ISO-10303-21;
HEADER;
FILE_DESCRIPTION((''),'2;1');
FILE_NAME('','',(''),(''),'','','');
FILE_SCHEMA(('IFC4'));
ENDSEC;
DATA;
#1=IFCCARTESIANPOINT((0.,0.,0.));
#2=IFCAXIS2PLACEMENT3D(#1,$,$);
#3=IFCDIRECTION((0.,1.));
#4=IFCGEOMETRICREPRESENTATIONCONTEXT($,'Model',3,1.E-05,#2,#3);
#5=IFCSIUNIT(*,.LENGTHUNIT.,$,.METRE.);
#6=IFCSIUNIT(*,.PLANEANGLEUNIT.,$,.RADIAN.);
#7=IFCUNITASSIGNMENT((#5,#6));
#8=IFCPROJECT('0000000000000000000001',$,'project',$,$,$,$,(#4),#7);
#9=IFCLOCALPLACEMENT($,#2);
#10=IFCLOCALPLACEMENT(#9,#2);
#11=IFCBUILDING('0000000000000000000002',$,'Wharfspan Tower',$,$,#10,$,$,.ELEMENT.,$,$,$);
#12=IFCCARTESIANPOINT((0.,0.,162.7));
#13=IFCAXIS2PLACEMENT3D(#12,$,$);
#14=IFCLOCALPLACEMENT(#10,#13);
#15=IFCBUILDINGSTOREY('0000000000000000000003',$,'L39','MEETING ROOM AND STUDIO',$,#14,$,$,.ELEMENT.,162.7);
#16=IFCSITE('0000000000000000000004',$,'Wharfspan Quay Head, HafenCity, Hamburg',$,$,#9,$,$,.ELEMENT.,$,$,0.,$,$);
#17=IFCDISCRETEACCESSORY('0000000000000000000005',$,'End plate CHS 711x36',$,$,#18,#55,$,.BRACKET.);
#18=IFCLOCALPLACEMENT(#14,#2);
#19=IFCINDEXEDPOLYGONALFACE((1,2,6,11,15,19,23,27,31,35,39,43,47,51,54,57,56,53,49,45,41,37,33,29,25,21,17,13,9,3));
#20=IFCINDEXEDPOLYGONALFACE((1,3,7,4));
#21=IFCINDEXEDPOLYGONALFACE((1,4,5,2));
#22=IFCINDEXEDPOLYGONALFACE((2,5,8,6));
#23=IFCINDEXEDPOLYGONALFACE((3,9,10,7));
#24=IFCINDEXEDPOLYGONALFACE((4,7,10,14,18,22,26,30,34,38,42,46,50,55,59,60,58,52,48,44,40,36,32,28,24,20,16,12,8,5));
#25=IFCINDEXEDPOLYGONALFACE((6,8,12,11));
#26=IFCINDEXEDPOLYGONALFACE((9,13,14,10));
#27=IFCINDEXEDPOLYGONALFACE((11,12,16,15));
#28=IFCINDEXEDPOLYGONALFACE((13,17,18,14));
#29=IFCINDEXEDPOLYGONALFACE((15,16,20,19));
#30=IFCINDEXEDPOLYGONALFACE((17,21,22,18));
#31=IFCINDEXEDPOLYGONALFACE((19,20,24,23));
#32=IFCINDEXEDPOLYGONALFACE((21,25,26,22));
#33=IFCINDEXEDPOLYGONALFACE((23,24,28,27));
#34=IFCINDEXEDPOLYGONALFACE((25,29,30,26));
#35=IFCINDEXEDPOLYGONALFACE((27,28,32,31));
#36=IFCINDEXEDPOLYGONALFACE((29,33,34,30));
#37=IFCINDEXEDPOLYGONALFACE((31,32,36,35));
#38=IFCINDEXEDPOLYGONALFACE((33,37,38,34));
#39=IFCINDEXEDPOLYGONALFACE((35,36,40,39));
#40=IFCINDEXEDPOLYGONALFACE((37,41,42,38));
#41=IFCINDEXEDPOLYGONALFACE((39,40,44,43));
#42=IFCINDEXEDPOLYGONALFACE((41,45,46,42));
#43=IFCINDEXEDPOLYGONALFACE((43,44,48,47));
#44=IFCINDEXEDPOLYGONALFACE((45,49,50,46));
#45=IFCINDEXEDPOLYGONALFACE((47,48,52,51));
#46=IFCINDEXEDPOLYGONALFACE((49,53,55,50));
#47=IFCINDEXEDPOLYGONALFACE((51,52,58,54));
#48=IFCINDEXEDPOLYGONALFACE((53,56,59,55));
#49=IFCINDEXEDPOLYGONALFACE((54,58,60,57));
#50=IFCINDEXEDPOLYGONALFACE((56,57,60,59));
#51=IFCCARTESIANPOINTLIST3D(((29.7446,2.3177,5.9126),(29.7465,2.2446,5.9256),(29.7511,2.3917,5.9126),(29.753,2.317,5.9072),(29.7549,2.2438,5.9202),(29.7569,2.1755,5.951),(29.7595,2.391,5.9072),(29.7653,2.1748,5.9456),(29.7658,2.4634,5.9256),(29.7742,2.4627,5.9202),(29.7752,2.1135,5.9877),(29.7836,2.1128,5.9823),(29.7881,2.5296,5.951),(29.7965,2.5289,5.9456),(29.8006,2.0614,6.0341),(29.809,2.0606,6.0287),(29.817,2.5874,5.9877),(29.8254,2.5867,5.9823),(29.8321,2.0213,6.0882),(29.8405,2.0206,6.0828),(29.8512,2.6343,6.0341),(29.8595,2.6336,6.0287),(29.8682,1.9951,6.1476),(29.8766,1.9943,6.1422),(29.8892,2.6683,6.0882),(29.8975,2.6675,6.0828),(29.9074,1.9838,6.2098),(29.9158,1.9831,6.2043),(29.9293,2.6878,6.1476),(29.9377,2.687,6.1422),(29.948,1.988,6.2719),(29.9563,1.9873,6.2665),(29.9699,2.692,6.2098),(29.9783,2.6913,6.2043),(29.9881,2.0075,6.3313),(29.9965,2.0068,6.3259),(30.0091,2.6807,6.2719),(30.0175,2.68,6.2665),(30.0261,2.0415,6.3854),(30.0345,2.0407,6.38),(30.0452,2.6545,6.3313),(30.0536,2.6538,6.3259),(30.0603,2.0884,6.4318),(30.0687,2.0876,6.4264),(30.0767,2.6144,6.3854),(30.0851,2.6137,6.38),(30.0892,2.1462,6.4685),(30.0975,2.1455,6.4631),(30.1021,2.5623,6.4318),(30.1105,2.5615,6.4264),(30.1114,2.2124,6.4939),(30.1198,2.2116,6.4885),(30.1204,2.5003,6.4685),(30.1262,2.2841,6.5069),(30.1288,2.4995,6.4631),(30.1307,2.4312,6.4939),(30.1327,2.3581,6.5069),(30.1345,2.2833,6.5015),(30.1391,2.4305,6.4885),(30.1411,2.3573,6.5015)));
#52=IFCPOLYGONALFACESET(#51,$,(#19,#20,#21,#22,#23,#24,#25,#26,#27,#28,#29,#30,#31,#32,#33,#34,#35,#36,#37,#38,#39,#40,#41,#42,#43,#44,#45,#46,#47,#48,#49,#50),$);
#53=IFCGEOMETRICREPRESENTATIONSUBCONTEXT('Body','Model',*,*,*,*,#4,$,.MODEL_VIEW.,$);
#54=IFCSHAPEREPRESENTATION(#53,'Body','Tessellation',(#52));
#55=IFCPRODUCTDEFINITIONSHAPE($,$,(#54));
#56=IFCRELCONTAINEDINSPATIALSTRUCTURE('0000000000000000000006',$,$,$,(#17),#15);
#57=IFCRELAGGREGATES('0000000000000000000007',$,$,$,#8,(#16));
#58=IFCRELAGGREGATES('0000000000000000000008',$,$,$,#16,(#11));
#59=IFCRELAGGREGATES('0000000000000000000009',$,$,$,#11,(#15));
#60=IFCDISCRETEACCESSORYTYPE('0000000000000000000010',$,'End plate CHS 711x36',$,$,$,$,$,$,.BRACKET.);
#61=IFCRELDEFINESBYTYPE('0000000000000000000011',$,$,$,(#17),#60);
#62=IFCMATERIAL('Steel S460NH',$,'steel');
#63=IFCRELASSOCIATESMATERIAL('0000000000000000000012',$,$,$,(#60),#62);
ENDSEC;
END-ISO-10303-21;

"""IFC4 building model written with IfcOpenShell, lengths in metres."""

from ifc_helpers import new_model, si_unit, direction, frame, origin, origin_2d, place, context, subcontext, project, spatial, circle, extrude, material, material_profile, profile_set, type_object, element, save


model = new_model("IFC4")

# Units and contexts
model_context = context("Model", 3, precision=1e-05, world=origin(), true_north=direction((0.0, 1.0)))
body_context = subcontext(model_context, "Body", "Model", "MODEL_VIEW")
ifc_project = project(units=[si_unit("LENGTHUNIT", "METRE"), si_unit("PLANEANGLEUNIT", "RADIAN")], contexts=[model_context])

# Site, building, storey
site_placement = place(None, origin())
site = spatial("IfcSite", under=ifc_project, at=site_placement, Name="Wharfspan Quay Head, HafenCity, Hamburg", CompositionType="ELEMENT", RefElevation=0.0)
building_placement = place(site_placement, origin())
building = spatial("IfcBuilding", under=site, at=building_placement, Name="Wharfspan Tower", CompositionType="ELEMENT")
storey_placement = place(building_placement, frame((0.0, 0.0, 162.7)))
storey = spatial("IfcBuildingStorey", under=building, at=storey_placement, Name="L39", Description="MEETING ROOM AND STUDIO", CompositionType="ELEMENT", Elevation=162.7)

# Discrete accessory
ifc_material_1 = material(Name="Steel S460NH", Category="steel")
ifc_material_profile_1 = material_profile(ifc_material_1, circle(Radius=0.3555, at=origin_2d()))
ifc_profile_set_1 = profile_set([ifc_material_profile_1], Name="Steel S460NH")
discrete_accessory_type = type_object("IfcDiscreteAccessoryType", Name="End plate CHS 711x36", PredefinedType="BRACKET", material=ifc_profile_set_1)
for number, where, z_axis, x_axis, name in (
    (1, (29.947, 2.3372, 6.2043), (-0.837276, 0.073877, 0.541767), (-0.087893, -0.996132, 0.000001), "End plate CHS 711x36"),
):
    element("IfcDiscreteAccessory", number, at=place(storey_placement, frame(where, z_axis=z_axis, x_axis=x_axis)), inside=storey, type_object=discrete_accessory_type, Name=name, PredefinedType="BRACKET", context=body_context, shape_type="SweptSolid", body=[
        extrude(circle(Radius=0.3555, at=origin_2d()), origin(), (0.0, 0.0, 1.0), 0.01),
    ])

save(model, "model.ifc")
